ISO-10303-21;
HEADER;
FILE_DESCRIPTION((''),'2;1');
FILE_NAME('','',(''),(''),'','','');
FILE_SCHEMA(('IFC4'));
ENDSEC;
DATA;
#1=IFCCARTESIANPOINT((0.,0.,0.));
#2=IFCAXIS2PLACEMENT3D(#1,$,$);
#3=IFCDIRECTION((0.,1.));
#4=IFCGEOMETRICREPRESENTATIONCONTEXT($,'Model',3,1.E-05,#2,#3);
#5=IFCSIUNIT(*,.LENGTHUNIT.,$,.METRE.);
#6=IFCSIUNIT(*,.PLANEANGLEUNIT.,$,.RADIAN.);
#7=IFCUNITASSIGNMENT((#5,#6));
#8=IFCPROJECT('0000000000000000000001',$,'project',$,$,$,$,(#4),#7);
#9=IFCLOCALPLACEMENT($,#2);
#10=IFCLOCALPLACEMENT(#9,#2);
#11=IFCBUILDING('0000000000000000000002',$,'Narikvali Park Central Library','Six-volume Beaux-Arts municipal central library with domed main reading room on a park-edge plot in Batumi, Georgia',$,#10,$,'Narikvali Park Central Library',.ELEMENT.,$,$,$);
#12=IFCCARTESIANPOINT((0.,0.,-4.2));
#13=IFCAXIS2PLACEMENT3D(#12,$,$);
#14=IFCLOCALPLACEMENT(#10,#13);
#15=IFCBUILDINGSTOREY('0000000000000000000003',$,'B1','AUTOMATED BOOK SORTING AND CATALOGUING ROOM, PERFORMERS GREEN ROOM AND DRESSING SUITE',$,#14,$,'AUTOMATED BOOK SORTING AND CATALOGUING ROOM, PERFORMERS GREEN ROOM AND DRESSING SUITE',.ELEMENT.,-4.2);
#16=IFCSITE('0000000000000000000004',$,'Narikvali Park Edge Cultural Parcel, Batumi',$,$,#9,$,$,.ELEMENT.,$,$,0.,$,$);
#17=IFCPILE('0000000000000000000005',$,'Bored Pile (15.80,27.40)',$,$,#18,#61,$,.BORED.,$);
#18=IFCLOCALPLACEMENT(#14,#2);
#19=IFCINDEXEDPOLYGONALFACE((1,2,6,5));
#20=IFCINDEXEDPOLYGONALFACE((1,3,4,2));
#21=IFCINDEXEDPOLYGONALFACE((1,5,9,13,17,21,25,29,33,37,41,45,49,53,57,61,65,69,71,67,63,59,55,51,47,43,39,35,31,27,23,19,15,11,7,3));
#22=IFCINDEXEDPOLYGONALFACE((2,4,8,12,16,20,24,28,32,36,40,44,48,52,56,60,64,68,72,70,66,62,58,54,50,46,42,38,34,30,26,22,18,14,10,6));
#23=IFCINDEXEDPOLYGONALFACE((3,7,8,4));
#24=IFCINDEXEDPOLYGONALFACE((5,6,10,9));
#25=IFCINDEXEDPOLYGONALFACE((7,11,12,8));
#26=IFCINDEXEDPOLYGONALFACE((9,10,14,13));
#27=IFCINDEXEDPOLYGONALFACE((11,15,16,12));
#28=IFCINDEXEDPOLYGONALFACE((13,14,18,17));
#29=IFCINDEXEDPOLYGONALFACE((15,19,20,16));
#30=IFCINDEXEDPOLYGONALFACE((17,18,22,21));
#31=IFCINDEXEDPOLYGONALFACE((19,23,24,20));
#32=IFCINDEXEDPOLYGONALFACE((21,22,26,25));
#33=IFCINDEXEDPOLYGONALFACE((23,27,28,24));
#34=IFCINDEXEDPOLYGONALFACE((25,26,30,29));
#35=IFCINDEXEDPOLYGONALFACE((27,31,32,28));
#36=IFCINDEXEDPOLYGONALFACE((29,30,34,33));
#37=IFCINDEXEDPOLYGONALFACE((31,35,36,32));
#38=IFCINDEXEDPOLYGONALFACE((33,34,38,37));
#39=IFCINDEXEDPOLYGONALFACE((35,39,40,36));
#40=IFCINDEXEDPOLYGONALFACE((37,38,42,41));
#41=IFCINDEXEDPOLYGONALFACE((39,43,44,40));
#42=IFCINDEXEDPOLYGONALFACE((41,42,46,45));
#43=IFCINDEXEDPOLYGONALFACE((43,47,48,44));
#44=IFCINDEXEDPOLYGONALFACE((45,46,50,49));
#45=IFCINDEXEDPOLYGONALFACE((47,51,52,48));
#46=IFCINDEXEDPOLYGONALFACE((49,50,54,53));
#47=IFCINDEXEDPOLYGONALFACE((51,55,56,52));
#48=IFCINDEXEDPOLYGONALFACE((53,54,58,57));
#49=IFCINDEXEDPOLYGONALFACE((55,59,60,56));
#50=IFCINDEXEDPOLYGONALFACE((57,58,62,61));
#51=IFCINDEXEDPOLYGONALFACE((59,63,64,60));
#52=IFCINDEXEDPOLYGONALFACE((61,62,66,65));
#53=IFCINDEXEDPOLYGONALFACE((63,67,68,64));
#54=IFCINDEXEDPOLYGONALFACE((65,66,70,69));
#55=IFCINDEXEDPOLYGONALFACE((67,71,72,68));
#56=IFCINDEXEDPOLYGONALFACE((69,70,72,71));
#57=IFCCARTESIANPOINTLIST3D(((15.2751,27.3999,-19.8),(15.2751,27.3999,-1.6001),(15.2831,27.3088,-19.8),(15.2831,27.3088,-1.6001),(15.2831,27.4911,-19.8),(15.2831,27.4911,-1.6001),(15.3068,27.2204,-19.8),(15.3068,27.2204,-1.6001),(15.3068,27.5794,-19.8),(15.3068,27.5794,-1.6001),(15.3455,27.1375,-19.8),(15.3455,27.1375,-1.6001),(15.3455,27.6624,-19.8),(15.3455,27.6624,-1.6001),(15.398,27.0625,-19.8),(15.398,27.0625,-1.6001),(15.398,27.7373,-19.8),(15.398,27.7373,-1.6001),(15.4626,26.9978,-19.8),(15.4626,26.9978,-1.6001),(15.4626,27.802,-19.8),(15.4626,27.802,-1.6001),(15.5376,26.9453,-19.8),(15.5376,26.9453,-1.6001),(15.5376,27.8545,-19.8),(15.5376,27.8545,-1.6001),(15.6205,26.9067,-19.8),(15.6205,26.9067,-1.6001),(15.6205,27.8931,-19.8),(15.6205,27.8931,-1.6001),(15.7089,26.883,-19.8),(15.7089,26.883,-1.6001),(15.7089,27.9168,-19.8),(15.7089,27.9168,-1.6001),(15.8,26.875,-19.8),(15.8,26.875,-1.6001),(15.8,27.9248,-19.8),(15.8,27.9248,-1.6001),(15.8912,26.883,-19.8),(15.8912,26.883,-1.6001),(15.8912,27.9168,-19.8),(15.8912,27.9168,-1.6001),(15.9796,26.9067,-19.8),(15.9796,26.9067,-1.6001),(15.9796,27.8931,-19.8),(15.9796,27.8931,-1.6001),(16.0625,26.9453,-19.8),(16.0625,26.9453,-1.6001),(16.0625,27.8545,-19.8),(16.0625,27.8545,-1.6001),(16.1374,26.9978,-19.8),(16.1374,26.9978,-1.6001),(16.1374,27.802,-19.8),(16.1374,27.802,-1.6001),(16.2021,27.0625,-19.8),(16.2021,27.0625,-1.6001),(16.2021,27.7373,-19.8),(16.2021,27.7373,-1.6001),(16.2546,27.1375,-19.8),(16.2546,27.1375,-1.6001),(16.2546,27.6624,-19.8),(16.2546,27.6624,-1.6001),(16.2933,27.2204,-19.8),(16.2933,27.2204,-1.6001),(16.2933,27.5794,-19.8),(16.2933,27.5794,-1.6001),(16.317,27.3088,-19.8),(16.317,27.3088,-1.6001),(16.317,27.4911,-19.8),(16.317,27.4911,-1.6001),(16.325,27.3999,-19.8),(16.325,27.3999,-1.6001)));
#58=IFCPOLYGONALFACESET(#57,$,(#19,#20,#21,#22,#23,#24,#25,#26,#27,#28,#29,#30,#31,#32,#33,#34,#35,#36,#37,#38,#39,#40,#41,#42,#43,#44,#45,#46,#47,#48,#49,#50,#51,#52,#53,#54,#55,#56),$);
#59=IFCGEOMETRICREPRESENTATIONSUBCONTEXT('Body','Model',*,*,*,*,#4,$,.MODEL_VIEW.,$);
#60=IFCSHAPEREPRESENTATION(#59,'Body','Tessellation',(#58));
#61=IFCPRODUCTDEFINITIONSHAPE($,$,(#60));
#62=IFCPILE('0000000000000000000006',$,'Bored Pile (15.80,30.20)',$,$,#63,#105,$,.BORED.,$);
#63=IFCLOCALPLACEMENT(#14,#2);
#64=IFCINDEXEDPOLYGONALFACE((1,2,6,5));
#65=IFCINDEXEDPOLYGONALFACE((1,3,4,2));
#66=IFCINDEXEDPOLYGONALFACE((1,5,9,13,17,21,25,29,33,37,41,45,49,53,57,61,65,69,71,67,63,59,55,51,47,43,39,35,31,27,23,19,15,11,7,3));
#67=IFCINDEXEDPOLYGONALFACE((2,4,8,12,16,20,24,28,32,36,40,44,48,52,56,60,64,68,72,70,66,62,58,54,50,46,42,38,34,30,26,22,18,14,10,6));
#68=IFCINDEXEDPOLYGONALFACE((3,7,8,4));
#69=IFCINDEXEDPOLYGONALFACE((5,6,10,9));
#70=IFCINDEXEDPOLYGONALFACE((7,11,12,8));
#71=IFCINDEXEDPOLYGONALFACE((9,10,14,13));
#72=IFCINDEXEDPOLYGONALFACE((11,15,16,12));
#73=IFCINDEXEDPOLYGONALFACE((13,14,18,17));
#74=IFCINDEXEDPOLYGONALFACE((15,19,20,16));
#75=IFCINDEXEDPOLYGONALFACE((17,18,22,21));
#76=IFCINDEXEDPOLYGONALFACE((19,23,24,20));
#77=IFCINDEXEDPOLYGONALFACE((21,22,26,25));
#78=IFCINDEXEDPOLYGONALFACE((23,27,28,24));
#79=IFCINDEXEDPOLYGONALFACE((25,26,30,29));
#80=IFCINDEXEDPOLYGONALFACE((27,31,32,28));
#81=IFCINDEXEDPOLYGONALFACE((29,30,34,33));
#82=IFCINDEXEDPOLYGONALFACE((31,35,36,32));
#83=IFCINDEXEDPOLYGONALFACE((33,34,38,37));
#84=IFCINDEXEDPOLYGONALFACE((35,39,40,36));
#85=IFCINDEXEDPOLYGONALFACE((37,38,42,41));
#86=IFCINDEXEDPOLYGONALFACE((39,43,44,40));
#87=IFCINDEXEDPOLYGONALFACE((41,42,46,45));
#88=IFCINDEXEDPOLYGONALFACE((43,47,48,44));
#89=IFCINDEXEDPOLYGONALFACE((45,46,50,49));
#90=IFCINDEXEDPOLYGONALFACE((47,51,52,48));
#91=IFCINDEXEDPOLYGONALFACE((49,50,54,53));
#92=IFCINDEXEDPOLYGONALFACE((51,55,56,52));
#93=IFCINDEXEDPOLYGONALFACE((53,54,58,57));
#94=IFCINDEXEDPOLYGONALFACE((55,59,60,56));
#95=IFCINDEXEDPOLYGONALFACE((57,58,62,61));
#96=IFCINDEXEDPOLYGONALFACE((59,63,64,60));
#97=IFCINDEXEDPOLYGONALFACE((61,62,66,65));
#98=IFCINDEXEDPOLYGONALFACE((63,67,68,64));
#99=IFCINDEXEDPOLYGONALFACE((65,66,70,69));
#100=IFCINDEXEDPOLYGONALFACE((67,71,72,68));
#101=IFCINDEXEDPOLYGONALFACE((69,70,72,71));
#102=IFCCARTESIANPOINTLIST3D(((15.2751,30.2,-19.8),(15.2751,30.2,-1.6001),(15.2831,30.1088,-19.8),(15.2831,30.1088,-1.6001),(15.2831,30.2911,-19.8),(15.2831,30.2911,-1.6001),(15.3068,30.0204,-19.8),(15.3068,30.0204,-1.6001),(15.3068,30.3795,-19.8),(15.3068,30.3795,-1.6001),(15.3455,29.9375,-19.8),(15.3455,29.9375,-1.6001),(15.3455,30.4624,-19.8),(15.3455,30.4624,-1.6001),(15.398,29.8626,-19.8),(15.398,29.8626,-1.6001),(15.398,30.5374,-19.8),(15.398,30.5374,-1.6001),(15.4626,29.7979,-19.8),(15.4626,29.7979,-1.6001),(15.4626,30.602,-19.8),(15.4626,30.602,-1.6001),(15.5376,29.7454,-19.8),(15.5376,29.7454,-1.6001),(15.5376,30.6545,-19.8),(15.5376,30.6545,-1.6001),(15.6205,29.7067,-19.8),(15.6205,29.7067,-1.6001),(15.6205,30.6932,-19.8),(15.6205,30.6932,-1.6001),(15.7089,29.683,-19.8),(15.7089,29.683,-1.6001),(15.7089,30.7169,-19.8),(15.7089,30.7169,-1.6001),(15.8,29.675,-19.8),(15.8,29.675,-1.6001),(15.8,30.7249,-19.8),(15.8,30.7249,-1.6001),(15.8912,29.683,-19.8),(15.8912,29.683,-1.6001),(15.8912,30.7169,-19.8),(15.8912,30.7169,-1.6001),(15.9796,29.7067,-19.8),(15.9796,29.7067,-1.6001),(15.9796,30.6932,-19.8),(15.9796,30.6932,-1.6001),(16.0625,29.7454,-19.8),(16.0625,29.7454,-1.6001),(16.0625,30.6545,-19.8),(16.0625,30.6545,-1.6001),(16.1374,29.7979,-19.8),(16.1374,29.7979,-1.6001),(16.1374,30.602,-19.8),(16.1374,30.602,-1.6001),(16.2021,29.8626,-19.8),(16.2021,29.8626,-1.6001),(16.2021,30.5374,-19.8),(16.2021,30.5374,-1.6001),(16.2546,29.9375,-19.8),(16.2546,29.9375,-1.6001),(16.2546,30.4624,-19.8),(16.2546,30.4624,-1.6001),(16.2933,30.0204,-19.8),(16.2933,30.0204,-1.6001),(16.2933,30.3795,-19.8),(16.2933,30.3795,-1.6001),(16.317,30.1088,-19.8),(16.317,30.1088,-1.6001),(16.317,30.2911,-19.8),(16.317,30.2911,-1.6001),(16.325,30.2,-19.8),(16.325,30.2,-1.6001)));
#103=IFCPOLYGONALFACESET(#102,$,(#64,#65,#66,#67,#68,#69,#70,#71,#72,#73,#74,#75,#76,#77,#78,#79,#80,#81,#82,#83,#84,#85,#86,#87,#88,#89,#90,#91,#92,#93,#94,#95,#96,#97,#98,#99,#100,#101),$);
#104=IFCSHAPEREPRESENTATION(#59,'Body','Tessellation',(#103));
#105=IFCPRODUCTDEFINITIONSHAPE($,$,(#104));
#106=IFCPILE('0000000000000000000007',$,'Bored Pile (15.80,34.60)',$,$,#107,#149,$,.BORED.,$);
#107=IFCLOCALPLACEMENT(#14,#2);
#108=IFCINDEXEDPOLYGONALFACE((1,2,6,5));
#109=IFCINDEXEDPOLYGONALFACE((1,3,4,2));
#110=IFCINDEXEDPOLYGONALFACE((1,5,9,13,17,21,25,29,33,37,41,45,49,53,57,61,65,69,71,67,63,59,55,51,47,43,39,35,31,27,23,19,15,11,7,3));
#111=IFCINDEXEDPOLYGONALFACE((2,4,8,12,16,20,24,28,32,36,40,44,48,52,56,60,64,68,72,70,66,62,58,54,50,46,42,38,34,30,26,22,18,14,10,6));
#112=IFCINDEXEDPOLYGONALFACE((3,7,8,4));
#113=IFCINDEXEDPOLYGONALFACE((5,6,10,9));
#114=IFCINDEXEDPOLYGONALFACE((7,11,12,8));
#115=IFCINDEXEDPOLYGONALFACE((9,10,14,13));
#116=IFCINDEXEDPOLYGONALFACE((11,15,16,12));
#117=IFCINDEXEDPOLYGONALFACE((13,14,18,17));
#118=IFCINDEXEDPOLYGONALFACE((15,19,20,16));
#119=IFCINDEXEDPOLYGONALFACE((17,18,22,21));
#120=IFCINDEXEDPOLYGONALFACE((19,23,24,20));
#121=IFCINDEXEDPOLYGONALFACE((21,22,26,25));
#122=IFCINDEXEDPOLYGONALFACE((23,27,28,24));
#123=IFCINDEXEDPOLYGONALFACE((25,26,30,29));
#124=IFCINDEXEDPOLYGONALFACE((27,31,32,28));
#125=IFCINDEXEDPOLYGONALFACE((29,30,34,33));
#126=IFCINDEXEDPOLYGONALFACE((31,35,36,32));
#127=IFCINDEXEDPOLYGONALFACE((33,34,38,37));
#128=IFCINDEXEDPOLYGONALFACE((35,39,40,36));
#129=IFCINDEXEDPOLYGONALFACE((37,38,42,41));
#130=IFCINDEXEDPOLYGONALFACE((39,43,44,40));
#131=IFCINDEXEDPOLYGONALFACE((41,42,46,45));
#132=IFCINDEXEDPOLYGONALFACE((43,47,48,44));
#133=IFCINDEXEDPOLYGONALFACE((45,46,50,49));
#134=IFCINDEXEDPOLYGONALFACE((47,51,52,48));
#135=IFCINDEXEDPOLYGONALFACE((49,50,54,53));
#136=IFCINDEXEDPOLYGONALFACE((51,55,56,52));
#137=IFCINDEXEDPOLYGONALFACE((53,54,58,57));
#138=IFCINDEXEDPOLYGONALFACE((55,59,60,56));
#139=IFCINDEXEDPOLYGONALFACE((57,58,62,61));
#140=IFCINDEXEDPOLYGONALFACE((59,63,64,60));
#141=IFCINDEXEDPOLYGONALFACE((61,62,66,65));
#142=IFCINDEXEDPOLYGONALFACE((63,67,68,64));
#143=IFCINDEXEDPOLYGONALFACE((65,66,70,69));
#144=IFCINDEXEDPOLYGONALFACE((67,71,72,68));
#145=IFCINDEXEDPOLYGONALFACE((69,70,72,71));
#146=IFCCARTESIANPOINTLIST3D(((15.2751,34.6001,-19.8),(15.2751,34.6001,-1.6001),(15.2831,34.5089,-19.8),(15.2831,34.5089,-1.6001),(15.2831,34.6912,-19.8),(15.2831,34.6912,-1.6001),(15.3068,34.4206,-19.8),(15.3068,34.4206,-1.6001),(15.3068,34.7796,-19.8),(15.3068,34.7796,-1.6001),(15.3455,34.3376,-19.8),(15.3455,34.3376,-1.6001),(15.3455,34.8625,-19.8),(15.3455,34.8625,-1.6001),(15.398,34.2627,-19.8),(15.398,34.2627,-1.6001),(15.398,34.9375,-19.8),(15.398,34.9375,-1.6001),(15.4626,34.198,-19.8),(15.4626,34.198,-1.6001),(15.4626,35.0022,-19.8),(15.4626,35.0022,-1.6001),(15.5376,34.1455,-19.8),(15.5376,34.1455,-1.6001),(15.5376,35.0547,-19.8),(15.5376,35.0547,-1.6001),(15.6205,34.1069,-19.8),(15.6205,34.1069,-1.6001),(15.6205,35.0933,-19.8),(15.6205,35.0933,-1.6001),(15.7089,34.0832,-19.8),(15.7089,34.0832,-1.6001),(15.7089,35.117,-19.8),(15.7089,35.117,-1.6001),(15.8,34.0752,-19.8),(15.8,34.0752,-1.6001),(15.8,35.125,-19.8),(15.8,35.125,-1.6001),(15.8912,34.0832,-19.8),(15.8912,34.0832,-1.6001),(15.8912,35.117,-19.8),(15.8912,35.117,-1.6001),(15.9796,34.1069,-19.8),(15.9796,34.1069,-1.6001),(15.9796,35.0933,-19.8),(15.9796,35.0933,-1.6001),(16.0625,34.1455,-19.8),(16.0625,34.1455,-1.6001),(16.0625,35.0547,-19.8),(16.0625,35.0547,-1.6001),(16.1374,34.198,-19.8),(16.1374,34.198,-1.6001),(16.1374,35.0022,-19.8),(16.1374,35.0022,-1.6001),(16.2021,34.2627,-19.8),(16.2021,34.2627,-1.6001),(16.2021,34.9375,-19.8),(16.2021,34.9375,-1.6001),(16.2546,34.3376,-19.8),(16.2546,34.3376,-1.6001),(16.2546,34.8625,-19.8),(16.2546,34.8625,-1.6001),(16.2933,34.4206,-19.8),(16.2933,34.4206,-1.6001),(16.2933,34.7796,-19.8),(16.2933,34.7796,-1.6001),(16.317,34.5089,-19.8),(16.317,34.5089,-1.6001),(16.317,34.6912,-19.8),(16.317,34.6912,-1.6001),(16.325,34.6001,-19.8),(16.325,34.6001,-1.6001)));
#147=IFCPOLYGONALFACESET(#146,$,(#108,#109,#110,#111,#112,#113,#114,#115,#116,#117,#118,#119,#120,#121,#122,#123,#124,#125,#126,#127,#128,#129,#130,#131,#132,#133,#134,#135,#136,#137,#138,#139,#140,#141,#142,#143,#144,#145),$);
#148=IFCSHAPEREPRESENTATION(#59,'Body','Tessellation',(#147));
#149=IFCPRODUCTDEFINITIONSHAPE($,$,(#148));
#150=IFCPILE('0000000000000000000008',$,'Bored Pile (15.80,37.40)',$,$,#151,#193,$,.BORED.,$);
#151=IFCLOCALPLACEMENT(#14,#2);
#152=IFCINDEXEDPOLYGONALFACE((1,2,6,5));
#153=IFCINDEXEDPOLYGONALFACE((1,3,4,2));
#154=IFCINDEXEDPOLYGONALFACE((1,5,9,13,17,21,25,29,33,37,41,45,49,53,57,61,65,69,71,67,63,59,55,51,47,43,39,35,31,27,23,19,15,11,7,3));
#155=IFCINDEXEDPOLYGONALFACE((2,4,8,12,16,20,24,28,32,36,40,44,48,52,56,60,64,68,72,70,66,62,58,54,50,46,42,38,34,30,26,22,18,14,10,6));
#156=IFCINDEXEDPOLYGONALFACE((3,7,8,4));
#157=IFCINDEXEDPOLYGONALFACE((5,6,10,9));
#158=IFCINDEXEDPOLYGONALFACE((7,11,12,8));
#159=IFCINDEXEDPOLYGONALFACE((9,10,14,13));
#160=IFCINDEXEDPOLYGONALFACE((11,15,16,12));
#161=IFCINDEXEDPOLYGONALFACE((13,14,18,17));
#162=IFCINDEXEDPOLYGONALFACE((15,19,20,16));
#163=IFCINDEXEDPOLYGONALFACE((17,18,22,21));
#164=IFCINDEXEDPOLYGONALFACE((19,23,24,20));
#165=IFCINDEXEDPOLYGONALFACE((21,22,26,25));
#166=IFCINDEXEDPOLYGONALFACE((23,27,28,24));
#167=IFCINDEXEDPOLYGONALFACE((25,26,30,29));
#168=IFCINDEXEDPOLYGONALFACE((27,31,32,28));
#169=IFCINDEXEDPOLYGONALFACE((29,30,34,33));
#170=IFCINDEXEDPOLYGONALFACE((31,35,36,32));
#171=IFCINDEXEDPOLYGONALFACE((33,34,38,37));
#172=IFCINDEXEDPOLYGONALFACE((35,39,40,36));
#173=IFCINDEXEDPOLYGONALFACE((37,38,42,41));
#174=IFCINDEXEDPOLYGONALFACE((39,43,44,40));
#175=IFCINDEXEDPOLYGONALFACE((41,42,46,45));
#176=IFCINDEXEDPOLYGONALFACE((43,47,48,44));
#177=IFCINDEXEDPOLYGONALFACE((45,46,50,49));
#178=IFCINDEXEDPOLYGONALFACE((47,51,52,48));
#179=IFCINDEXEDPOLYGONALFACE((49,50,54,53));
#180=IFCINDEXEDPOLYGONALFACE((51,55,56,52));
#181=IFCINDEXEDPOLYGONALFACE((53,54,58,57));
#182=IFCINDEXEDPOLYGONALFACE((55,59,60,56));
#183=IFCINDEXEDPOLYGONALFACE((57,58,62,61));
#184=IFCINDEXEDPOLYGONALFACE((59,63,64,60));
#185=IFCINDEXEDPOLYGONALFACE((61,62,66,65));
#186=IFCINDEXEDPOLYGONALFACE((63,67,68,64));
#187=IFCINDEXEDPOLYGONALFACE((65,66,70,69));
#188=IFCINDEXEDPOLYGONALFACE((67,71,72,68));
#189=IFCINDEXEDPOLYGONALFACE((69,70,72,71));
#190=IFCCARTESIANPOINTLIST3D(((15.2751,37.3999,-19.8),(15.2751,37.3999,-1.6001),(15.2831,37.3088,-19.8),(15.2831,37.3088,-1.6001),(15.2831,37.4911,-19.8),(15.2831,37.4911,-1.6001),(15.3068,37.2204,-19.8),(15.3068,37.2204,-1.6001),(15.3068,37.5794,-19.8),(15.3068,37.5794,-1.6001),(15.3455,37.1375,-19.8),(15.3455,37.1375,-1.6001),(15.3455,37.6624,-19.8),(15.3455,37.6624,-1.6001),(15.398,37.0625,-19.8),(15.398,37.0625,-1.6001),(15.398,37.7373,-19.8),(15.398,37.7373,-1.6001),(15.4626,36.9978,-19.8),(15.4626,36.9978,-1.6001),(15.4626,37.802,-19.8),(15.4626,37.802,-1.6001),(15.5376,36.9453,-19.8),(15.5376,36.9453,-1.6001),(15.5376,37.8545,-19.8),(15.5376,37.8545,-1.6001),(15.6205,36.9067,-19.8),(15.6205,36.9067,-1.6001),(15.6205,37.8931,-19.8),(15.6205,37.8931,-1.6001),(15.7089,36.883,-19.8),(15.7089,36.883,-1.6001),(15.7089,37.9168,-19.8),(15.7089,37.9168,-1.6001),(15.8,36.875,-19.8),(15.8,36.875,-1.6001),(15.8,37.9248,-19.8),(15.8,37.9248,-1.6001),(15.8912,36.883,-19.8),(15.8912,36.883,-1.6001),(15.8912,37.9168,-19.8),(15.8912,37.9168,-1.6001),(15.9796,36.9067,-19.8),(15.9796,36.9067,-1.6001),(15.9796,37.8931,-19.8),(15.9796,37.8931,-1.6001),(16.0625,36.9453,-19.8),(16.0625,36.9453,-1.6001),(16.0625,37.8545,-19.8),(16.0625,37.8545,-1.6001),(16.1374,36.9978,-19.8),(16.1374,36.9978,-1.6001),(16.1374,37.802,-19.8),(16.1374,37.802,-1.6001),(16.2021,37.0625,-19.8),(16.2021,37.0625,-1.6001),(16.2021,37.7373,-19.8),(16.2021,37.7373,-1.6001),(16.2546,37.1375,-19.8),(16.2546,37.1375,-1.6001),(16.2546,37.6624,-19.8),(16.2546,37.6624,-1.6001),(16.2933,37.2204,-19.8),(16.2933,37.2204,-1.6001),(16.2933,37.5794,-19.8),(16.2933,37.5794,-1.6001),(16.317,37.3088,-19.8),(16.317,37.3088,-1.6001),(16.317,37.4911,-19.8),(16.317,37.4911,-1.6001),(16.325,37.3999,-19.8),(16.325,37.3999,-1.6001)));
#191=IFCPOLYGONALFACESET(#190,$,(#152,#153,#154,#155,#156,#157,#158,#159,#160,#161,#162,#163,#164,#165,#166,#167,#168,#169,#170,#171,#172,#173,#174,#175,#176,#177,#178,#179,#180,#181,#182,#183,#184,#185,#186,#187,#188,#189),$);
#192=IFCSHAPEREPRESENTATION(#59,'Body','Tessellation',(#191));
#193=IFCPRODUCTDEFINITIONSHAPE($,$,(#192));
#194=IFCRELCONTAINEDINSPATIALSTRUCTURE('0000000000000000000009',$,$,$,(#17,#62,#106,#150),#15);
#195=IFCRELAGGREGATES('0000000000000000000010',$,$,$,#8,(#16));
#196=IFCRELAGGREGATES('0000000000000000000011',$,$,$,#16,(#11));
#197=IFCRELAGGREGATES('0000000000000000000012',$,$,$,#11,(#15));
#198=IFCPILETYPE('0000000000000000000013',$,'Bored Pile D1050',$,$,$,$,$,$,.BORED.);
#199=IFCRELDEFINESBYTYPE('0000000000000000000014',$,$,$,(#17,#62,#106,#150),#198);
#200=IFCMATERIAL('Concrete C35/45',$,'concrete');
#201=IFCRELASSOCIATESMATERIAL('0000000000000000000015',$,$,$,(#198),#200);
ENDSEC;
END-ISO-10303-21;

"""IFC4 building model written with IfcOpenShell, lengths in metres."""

from ifc_helpers import new_model, si_unit, direction, frame, origin, origin_2d, place, context, subcontext, project, spatial, circle, extrude, material, material_profile, profile_set, type_object, element, save


model = new_model("IFC4")

# Units and contexts
model_context = context("Model", 3, precision=1e-05, world=origin(), true_north=direction((0.0, 1.0)))
body_context = subcontext(model_context, "Body", "Model", "MODEL_VIEW")
ifc_project = project(units=[si_unit("LENGTHUNIT", "METRE"), si_unit("PLANEANGLEUNIT", "RADIAN")], contexts=[model_context])

# Site, building, storey
site_placement = place(None, origin())
site = spatial("IfcSite", under=ifc_project, at=site_placement, Name="Narikvali Park Edge Cultural Parcel, Batumi", CompositionType="ELEMENT", RefElevation=0.0)
building_placement = place(site_placement, origin())
building = spatial("IfcBuilding", under=site, at=building_placement, Name="Narikvali Park Central Library", Description="Six-volume Beaux-Arts municipal central library with domed main reading room on a park-edge plot in Batumi, Georgia", LongName="Narikvali Park Central Library", CompositionType="ELEMENT")
storey_placement = place(building_placement, frame((0.0, 0.0, -4.2)))
storey = spatial("IfcBuildingStorey", under=building, at=storey_placement, Name="B1", Description="AUTOMATED BOOK SORTING AND CATALOGUING ROOM, PERFORMERS GREEN ROOM AND DRESSING SUITE", LongName="AUTOMATED BOOK SORTING AND CATALOGUING ROOM, PERFORMERS GREEN ROOM AND DRESSING SUITE", CompositionType="ELEMENT", Elevation=-4.2)

# Piles
ifc_material_1 = material(Name="Concrete C35/45", Category="concrete")
ifc_material_profile_1 = material_profile(ifc_material_1, circle(Radius=0.5249, at=origin_2d()), Name="PILE D1050")
ifc_profile_set_1 = profile_set([ifc_material_profile_1], Name="Concrete C35/45")
pile_type_1 = type_object("IfcPileType", Name="Bored Pile D1050", PredefinedType="BORED", material=ifc_profile_set_1)
for number, where, z_axis, x_axis, name in (
    (1, (15.8, 27.3999, -1.6001), (0.0, 0.0, -1.0), (1.0, 0.0, 0.0), "Bored Pile (15.80,27.40)"),
    (2, (15.8, 30.2, -1.6001), (0.0, 0.0, -1.0), (1.0, 0.0, 0.0), "Bored Pile (15.80,30.20)"),
    (3, (15.8, 34.6001, -1.6001), (0.0, 0.0, -1.0), (1.0, 0.0, 0.0), "Bored Pile (15.80,34.60)"),
    (4, (15.8, 37.3999, -1.6001), (0.0, 0.0, -1.0), (1.0, 0.0, 0.0), "Bored Pile (15.80,37.40)"),
):
    element("IfcPile", number, at=place(storey_placement, frame(where, z_axis=z_axis, x_axis=x_axis)), inside=storey, type_object=pile_type_1, Name=name, PredefinedType="BORED", context=body_context, shape_type="SweptSolid", body=[
        extrude(circle(Radius=0.5249, at=origin_2d()), origin(), (0.0, 0.0, 1.0), 18.2),
    ])

save(model, "model.ifc")
